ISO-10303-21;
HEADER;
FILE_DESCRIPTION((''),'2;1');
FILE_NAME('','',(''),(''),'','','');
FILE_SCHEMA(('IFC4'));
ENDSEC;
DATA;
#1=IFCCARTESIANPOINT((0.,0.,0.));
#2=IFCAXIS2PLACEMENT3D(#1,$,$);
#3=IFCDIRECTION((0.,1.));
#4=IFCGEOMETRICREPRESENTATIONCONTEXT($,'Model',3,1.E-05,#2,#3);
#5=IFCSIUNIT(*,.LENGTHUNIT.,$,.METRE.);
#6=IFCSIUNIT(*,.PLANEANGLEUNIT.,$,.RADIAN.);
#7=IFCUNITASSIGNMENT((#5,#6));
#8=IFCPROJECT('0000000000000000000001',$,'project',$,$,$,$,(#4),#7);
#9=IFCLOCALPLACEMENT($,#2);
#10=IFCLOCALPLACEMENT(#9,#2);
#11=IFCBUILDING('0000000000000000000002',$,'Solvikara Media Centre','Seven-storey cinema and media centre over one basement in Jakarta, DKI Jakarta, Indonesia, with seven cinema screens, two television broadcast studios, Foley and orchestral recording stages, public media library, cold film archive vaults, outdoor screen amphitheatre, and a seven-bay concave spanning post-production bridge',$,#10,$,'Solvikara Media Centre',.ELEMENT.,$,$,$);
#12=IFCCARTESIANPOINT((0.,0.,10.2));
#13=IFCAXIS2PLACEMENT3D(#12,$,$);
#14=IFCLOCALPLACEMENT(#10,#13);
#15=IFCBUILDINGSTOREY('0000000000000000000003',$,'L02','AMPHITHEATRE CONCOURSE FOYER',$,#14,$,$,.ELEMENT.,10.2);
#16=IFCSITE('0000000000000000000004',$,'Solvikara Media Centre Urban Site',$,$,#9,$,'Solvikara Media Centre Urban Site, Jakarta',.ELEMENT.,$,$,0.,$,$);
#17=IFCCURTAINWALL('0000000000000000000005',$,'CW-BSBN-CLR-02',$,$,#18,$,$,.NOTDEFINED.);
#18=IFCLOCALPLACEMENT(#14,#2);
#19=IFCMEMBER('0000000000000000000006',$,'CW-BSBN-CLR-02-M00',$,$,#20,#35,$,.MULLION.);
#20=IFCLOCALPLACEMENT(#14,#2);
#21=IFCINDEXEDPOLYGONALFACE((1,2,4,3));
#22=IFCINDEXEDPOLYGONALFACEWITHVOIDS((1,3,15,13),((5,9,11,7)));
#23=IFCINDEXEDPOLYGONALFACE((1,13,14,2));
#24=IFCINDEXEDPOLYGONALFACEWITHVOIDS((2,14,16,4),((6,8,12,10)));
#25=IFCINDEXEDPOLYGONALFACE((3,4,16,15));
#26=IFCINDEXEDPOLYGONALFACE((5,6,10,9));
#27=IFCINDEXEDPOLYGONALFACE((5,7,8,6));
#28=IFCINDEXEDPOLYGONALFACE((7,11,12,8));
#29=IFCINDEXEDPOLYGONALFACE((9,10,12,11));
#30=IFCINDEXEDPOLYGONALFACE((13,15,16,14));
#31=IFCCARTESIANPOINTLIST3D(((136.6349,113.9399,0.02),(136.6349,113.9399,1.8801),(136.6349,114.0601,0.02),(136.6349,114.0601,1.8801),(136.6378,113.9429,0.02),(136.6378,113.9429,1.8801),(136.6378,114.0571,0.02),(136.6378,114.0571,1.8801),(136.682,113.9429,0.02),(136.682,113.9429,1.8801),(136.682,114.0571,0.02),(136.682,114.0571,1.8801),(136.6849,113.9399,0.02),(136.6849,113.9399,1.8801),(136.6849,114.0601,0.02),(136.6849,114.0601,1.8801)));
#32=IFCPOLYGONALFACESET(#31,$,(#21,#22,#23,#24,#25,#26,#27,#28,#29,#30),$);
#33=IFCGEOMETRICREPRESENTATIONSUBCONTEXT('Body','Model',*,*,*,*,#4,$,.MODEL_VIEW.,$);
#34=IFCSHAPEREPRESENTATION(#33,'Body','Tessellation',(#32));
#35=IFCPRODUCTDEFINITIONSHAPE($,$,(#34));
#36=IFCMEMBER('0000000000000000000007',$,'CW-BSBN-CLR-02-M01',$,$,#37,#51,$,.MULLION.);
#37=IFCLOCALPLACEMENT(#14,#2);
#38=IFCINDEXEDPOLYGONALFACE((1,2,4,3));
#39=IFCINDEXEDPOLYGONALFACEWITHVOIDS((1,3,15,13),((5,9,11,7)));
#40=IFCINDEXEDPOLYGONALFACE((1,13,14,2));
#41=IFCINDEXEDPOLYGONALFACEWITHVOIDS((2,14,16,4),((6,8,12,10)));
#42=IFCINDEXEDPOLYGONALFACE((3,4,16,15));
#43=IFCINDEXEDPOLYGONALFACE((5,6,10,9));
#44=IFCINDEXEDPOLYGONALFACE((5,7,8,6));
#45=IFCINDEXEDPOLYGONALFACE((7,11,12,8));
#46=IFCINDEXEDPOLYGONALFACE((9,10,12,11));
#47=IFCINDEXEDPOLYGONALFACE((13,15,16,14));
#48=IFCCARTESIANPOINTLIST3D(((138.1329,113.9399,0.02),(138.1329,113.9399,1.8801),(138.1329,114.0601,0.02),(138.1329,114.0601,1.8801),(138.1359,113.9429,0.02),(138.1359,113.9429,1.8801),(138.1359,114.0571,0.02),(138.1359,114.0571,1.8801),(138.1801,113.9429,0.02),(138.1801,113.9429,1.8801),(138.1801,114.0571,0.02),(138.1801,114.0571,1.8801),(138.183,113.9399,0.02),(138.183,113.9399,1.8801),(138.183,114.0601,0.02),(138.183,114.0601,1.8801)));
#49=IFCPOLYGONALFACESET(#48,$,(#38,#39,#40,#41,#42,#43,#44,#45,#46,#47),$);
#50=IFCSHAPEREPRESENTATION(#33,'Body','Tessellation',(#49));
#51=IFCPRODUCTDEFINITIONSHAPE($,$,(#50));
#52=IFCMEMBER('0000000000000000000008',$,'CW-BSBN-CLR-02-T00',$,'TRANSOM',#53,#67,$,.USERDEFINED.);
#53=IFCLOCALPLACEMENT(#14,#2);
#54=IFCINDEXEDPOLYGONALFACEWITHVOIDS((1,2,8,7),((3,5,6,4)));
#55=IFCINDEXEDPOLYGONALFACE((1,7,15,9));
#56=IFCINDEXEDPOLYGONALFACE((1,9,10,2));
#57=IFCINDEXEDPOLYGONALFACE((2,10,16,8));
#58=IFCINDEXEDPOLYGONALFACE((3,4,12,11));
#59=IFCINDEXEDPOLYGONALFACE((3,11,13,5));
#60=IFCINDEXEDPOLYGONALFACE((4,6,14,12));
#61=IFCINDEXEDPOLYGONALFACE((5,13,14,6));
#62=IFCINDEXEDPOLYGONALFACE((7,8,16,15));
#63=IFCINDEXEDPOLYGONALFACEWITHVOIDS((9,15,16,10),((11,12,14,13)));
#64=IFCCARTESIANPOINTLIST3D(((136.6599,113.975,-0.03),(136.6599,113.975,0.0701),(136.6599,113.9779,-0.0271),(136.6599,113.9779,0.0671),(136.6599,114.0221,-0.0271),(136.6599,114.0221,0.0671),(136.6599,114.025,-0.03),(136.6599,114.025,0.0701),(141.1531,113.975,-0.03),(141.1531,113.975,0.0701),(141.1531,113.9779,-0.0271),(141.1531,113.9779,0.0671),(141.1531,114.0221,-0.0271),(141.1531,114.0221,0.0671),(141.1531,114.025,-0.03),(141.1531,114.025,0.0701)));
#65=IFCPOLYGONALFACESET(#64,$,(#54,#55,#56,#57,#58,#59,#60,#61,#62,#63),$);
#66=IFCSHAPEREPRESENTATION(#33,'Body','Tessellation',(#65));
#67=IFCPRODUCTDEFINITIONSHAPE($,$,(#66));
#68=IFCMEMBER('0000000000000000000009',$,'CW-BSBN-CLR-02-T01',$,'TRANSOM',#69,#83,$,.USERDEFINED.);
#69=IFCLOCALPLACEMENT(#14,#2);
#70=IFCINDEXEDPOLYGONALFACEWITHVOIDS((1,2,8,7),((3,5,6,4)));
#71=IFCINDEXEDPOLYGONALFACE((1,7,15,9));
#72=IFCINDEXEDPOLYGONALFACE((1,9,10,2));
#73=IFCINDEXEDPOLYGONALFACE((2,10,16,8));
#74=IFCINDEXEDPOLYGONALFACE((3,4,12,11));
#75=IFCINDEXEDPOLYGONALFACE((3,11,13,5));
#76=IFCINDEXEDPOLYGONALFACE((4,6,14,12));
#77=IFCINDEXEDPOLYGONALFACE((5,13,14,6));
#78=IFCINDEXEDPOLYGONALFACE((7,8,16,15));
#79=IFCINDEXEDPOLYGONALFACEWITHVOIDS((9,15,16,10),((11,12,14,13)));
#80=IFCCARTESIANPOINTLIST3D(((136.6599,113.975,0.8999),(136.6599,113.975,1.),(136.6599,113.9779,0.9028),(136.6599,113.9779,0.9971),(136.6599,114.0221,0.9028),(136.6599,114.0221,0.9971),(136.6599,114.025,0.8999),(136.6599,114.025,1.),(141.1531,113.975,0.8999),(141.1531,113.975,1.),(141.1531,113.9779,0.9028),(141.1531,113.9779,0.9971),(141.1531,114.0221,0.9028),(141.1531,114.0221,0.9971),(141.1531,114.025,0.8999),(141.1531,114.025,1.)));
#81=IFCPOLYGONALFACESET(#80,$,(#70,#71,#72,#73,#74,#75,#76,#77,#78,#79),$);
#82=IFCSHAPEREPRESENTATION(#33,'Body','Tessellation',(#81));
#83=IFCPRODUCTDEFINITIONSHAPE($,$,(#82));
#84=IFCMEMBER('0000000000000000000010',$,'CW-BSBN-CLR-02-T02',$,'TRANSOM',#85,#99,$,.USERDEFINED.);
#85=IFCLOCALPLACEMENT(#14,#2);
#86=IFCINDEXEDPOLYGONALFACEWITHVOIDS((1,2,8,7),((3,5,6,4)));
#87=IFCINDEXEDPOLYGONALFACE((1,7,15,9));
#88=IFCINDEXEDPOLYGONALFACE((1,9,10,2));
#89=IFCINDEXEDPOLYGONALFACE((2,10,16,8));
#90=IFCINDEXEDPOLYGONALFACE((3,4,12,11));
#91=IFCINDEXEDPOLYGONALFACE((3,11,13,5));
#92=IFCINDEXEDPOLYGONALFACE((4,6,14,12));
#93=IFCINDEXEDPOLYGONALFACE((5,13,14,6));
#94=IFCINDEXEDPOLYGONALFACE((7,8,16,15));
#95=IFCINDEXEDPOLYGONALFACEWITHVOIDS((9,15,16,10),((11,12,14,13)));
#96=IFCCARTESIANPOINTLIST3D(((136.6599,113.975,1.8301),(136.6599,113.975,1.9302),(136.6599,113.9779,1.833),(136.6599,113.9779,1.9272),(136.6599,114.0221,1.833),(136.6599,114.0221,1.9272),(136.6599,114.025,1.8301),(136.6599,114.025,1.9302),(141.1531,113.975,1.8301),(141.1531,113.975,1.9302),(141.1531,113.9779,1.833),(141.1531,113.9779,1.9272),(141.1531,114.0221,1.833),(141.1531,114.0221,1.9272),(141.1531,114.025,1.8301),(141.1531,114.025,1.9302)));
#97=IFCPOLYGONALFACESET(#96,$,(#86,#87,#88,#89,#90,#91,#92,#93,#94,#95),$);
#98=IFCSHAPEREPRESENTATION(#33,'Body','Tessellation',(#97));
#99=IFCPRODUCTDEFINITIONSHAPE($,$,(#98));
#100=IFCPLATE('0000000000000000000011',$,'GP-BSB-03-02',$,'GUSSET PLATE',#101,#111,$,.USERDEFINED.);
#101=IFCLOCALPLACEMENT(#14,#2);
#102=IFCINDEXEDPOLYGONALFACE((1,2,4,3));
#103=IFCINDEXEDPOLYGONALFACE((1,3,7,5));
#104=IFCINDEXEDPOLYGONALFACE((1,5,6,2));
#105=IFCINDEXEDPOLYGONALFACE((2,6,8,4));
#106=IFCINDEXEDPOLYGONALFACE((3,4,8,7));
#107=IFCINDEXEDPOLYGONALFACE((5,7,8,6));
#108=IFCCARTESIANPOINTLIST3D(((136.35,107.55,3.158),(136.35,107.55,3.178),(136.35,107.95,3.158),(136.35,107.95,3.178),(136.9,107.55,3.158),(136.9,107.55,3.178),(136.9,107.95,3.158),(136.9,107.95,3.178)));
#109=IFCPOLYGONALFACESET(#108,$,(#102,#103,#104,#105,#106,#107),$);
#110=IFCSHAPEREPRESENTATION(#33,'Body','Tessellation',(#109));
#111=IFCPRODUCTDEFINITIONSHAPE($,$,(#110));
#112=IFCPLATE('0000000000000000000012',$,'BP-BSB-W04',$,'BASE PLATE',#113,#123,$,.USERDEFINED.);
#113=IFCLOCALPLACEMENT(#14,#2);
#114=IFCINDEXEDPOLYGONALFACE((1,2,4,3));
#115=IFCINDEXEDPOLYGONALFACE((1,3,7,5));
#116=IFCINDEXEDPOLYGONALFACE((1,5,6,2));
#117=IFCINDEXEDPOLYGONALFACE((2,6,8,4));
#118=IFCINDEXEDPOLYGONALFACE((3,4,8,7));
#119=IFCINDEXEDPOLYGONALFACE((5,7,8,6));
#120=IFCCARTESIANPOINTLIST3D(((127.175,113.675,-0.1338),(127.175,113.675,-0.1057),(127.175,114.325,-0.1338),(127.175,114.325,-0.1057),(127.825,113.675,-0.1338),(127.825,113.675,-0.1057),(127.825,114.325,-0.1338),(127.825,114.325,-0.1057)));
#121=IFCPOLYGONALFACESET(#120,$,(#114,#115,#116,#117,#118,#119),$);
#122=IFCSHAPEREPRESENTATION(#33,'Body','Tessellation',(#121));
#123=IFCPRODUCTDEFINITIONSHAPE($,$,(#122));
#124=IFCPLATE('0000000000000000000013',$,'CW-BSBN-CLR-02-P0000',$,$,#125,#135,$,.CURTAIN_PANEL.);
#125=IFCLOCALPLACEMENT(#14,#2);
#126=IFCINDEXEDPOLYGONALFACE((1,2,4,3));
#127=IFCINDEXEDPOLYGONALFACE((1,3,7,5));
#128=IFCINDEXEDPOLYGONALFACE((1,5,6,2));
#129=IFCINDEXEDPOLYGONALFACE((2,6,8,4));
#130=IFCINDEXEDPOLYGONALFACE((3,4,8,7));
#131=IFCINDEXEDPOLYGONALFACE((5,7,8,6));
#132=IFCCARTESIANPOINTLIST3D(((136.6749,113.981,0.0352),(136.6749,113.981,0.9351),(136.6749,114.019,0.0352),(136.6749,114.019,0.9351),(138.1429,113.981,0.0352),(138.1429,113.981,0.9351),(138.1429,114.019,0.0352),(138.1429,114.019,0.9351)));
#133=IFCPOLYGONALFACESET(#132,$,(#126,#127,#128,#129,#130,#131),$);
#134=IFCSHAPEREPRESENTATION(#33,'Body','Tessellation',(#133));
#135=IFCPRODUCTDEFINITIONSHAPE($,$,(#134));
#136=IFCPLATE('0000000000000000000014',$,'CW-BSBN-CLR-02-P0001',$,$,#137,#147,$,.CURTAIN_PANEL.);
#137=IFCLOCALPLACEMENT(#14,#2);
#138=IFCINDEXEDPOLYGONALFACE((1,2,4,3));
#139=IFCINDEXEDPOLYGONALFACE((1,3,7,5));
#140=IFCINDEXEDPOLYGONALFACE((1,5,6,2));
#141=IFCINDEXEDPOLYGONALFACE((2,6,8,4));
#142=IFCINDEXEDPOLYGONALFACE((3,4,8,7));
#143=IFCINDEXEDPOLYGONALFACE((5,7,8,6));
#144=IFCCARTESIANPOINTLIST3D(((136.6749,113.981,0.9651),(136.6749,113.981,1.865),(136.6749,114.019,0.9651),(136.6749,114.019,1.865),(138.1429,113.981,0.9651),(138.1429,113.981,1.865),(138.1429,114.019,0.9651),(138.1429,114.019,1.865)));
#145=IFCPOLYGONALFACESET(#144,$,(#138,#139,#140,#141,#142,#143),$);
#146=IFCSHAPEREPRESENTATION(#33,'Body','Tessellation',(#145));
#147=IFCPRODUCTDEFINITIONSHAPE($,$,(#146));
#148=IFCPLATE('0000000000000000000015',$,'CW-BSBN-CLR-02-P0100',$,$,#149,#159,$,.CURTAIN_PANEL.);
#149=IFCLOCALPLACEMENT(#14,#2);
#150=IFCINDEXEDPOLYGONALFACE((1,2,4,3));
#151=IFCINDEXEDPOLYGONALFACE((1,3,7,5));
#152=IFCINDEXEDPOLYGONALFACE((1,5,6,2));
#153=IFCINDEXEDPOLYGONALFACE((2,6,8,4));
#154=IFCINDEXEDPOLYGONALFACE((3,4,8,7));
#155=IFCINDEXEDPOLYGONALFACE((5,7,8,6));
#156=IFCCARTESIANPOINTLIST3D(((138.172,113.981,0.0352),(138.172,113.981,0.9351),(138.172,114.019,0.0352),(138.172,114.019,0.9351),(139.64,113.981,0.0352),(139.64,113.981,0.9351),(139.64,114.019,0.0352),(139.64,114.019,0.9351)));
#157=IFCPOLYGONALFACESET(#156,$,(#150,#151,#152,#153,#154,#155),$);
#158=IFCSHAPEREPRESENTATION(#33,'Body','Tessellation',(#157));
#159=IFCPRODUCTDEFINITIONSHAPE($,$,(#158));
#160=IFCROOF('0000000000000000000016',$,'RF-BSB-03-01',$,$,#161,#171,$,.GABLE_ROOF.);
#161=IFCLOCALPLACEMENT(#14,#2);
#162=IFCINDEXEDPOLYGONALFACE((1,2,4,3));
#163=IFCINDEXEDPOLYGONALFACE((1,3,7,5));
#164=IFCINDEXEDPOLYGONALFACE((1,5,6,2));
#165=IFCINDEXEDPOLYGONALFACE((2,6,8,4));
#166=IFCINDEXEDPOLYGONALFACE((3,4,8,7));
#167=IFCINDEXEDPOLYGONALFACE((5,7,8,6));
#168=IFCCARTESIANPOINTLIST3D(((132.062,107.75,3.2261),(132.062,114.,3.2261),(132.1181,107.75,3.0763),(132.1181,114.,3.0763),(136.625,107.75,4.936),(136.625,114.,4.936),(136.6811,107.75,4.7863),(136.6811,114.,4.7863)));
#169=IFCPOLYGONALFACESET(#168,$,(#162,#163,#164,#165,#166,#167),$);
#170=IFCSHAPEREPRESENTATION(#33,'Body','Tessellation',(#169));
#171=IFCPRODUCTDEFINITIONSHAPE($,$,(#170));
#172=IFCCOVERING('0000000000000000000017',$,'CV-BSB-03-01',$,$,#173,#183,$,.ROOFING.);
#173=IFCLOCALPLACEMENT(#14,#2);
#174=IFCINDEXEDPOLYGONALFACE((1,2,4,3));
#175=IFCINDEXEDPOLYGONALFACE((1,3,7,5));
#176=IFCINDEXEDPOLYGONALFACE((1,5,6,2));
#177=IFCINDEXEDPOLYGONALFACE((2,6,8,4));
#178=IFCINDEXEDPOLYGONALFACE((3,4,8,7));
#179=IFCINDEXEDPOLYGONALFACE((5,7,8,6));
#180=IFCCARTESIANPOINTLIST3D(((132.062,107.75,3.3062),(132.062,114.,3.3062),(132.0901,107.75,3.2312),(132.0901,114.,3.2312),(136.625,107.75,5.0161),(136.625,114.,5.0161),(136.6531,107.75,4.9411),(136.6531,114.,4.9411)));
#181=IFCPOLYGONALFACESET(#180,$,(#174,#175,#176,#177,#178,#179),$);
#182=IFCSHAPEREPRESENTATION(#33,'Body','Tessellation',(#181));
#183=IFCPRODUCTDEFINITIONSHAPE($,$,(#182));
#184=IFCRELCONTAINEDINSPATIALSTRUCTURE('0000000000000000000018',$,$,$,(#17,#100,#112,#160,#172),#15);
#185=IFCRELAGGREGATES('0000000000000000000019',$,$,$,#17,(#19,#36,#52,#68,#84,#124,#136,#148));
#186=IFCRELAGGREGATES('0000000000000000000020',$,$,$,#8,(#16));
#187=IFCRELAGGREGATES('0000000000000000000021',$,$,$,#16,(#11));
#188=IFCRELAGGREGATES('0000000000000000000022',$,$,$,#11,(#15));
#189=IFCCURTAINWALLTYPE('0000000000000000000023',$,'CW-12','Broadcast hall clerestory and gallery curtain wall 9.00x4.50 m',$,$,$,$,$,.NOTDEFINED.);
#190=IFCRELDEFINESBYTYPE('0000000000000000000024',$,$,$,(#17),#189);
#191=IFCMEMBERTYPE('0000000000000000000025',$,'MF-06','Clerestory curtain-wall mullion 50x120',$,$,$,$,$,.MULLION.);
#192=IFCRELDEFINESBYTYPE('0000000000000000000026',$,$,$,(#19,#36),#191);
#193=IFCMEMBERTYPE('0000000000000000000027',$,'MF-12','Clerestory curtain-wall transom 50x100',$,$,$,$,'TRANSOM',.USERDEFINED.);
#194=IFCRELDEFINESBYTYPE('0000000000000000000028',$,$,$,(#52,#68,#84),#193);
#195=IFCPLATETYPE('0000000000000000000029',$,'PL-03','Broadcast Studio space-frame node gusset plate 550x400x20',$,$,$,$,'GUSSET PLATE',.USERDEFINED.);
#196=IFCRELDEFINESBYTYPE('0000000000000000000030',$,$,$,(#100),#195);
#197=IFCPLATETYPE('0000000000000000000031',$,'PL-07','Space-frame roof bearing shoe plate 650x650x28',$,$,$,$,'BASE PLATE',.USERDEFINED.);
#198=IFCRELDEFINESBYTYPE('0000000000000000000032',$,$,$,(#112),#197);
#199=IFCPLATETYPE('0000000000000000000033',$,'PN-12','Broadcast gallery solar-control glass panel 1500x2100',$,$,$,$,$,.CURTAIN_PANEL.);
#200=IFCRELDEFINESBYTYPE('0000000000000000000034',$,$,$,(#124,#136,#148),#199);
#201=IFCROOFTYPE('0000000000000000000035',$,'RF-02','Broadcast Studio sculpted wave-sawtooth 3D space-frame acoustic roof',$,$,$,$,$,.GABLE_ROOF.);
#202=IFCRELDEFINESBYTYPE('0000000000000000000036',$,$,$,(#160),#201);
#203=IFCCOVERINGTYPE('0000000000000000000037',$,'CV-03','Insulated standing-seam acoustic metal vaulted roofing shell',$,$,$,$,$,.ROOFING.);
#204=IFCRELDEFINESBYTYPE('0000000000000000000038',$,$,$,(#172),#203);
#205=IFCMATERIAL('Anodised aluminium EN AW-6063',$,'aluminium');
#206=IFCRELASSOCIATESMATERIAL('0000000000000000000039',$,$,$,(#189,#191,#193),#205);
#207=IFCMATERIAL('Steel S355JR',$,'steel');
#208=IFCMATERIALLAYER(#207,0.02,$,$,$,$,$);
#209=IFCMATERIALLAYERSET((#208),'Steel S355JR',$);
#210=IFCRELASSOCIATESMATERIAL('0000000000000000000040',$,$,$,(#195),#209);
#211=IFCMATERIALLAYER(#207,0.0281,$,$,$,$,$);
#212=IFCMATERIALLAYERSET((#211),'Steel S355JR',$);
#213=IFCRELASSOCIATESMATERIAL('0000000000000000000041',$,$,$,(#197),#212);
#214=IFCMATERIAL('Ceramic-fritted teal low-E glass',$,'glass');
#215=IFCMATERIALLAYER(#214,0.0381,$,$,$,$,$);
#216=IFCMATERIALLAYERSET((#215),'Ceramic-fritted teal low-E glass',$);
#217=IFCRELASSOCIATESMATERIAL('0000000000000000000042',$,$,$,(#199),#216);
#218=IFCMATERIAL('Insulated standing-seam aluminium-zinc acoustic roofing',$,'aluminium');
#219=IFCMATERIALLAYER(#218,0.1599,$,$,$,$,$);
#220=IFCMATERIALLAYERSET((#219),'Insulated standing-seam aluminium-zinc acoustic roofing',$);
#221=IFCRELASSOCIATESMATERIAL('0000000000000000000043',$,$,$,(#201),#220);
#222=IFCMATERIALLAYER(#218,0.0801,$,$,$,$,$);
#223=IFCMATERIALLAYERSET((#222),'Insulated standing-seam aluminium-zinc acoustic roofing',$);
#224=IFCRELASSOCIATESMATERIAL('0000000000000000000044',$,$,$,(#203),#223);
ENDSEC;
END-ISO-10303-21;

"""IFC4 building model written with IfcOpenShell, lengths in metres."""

from ifc_helpers import new_model, si_unit, direction, frame, origin, origin_2d, place, context, subcontext, project, spatial, polyline, rectangle, hollow_rectangle, outline, extrude, material, layer, layer_set, material_profile, profile_set, type_object, element, aggregate, save


model = new_model("IFC4")

# Units and contexts
model_context = context("Model", 3, precision=1e-05, world=origin(), true_north=direction((0.0, 1.0)))
body_context = subcontext(model_context, "Body", "Model", "MODEL_VIEW")
ifc_project = project(units=[si_unit("LENGTHUNIT", "METRE"), si_unit("PLANEANGLEUNIT", "RADIAN")], contexts=[model_context])

# Site, building, storey
site_placement = place(None, origin())
site = spatial("IfcSite", under=ifc_project, at=site_placement, Name="Solvikara Media Centre Urban Site", LongName="Solvikara Media Centre Urban Site, Jakarta", CompositionType="ELEMENT", RefElevation=0.0)
building_placement = place(site_placement, origin())
building = spatial("IfcBuilding", under=site, at=building_placement, Name="Solvikara Media Centre", Description="Seven-storey cinema and media centre over one basement in Jakarta, DKI Jakarta, Indonesia, with seven cinema screens, two television broadcast studios, Foley and orchestral recording stages, public media library, cold film archive vaults, outdoor screen amphitheatre, and a seven-bay concave spanning post-production bridge", LongName="Solvikara Media Centre", CompositionType="ELEMENT")
storey_placement = place(building_placement, frame((0.0, 0.0, 10.2)))
storey = spatial("IfcBuildingStorey", under=building, at=storey_placement, Name="L02", Description="AMPHITHEATRE CONCOURSE FOYER", CompositionType="ELEMENT", Elevation=10.2)

# Shared definitions
ifc_material_1 = material(Name="Steel S355JR", Category="steel")

# Curtain wall, members
ifc_material_2 = material(Name="Anodised aluminium EN AW-6063", Category="aluminium")
curtain_wall_type = type_object("IfcCurtainWallType", Name="CW-12", Description="Broadcast hall clerestory and gallery curtain wall 9.00x4.50 m", PredefinedType="NOTDEFINED", material=ifc_material_2)
curtain_wall_placement = place(storey_placement, origin())
curtain_wall = element("IfcCurtainWall", 1, at=curtain_wall_placement, inside=storey, type_object=curtain_wall_type, Name="CW-BSBN-CLR-02", PredefinedType="NOTDEFINED")
ifc_material_profile_1 = material_profile(ifc_material_2, hollow_rectangle(XDim=0.05, YDim=0.1201, WallThickness=0.0029, at=origin_2d()), Name="ALU-M 50x120x3")
ifc_profile_set_1 = profile_set([ifc_material_profile_1], Name="Anodised aluminium EN AW-6063")
member_type_1 = type_object("IfcMemberType", Name="MF-06", Description="Clerestory curtain-wall mullion 50x120", PredefinedType="MULLION", material=ifc_profile_set_1)
member_1_placement = place(storey_placement, frame((136.6599, 114.0, 0.02), z_axis=(0.0, 0.0, 1.0), x_axis=(1.0, 0.0, 0.0)))
member_1 = element("IfcMember", 2, at=member_1_placement, type_object=member_type_1, Name="CW-BSBN-CLR-02-M00", PredefinedType="MULLION", context=body_context, shape_type="SweptSolid", body=[
    extrude(hollow_rectangle(XDim=0.05, YDim=0.1201, WallThickness=0.0029, at=origin_2d()), origin(), (0.0, 0.0, 1.0), 1.8601),
])
member_2_placement = place(storey_placement, frame((138.158, 114.0, 0.02), z_axis=(0.0, 0.0, 1.0), x_axis=(1.0, 0.0, 0.0)))
member_2 = element("IfcMember", 3, at=member_2_placement, type_object=member_type_1, Name="CW-BSBN-CLR-02-M01", PredefinedType="MULLION", context=body_context, shape_type="SweptSolid", body=[
    extrude(hollow_rectangle(XDim=0.05, YDim=0.1201, WallThickness=0.0029, at=origin_2d()), origin(), (0.0, 0.0, 1.0), 1.8601),
])
ifc_material_profile_2 = material_profile(ifc_material_2, hollow_rectangle(XDim=0.05, YDim=0.1001, WallThickness=0.0029, at=origin_2d()), Name="ALU-T 50x100x3")
ifc_profile_set_2 = profile_set([ifc_material_profile_2], Name="Anodised aluminium EN AW-6063")
member_type_2 = type_object("IfcMemberType", Name="MF-12", Description="Clerestory curtain-wall transom 50x100", ElementType="TRANSOM", PredefinedType="USERDEFINED", material=ifc_profile_set_2)
member_3_placement = place(storey_placement, frame((136.6599, 114.0, 0.02), z_axis=(1.0, 0.0, 0.0), x_axis=(0.0, 1.0, 0.0)))
member_3 = element("IfcMember", 4, at=member_3_placement, type_object=member_type_2, Name="CW-BSBN-CLR-02-T00", ObjectType="TRANSOM", PredefinedType="USERDEFINED", context=body_context, shape_type="SweptSolid", body=[
    extrude(hollow_rectangle(XDim=0.05, YDim=0.1001, WallThickness=0.0029, at=origin_2d()), origin(), (0.0, 0.0, 1.0), 4.4932),
])
member_4_placement = place(storey_placement, frame((136.6599, 114.0, 0.95), z_axis=(1.0, 0.0, 0.0), x_axis=(0.0, 1.0, 0.0)))
member_4 = element("IfcMember", 5, at=member_4_placement, type_object=member_type_2, Name="CW-BSBN-CLR-02-T01", ObjectType="TRANSOM", PredefinedType="USERDEFINED", context=body_context, shape_type="SweptSolid", body=[
    extrude(hollow_rectangle(XDim=0.05, YDim=0.1001, WallThickness=0.0029, at=origin_2d()), origin(), (0.0, 0.0, 1.0), 4.4932),
])
member_5_placement = place(storey_placement, frame((136.6599, 114.0, 1.8801), z_axis=(1.0, 0.0, 0.0), x_axis=(0.0, 1.0, 0.0)))
member_5 = element("IfcMember", 6, at=member_5_placement, type_object=member_type_2, Name="CW-BSBN-CLR-02-T02", ObjectType="TRANSOM", PredefinedType="USERDEFINED", context=body_context, shape_type="SweptSolid", body=[
    extrude(hollow_rectangle(XDim=0.05, YDim=0.1001, WallThickness=0.0029, at=origin_2d()), origin(), (0.0, 0.0, 1.0), 4.4932),
])

# Plates
ifc_layer_1 = layer(ifc_material_1, 0.02)
ifc_layer_set_1 = layer_set([ifc_layer_1], Name="Steel S355JR")
plate_type_1 = type_object("IfcPlateType", Name="PL-03", Description="Broadcast Studio space-frame node gusset plate 550x400x20", ElementType="GUSSET PLATE", PredefinedType="USERDEFINED", material=ifc_layer_set_1)
plate_1_placement = place(storey_placement, frame((136.625, 107.75, 3.158), z_axis=(0.0, 0.0, 1.0), x_axis=(1.0, 0.0, 0.0)))
element("IfcPlate", 7, at=plate_1_placement, inside=storey, type_object=plate_type_1, Name="GP-BSB-03-02", ObjectType="GUSSET PLATE", PredefinedType="USERDEFINED", context=body_context, shape_type="SweptSolid", body=[
    extrude(rectangle(XDim=0.55, YDim=0.3999, at=origin_2d()), origin(), (0.0, 0.0, 1.0), 0.02),
])
ifc_layer_2 = layer(ifc_material_1, 0.0281)
ifc_layer_set_2 = layer_set([ifc_layer_2], Name="Steel S355JR")
plate_type_2 = type_object("IfcPlateType", Name="PL-07", Description="Space-frame roof bearing shoe plate 650x650x28", ElementType="BASE PLATE", PredefinedType="USERDEFINED", material=ifc_layer_set_2)
plate_2_placement = place(storey_placement, frame((127.5, 114.0, -0.1338), z_axis=(0.0, 0.0, 1.0), x_axis=(1.0, 0.0, 0.0)))
element("IfcPlate", 8, at=plate_2_placement, inside=storey, type_object=plate_type_2, Name="BP-BSB-W04", ObjectType="BASE PLATE", PredefinedType="USERDEFINED", context=body_context, shape_type="SweptSolid", body=[
    extrude(rectangle(XDim=0.6499, YDim=0.6499, at=origin_2d()), origin(), (0.0, 0.0, 1.0), 0.0281),
])

# Plates
ifc_material_3 = material(Name="Ceramic-fritted teal low-E glass", Category="glass")
ifc_layer_3 = layer(ifc_material_3, 0.0381)
ifc_layer_set_3 = layer_set([ifc_layer_3], Name="Ceramic-fritted teal low-E glass")
plate_type_3 = type_object("IfcPlateType", Name="PN-12", Description="Broadcast gallery solar-control glass panel 1500x2100", PredefinedType="CURTAIN_PANEL", material=ifc_layer_set_3)
plate_3_placement = place(storey_placement, frame((137.4089, 114.0, 0.0352), z_axis=(0.0, 0.0, 1.0), x_axis=(1.0, 0.0, 0.0)))
plate_3 = element("IfcPlate", 9, at=plate_3_placement, type_object=plate_type_3, Name="CW-BSBN-CLR-02-P0000", PredefinedType="CURTAIN_PANEL", context=body_context, shape_type="SweptSolid", body=[
    extrude(rectangle(XDim=1.468, YDim=0.0381, at=origin_2d()), origin(), (0.0, 0.0, 1.0), 0.8999),
])
plate_4_placement = place(storey_placement, frame((137.4089, 114.0, 0.9651), z_axis=(0.0, 0.0, 1.0), x_axis=(1.0, 0.0, 0.0)))
plate_4 = element("IfcPlate", 10, at=plate_4_placement, type_object=plate_type_3, Name="CW-BSBN-CLR-02-P0001", PredefinedType="CURTAIN_PANEL", context=body_context, shape_type="SweptSolid", body=[
    extrude(rectangle(XDim=1.468, YDim=0.0381, at=origin_2d()), origin(), (0.0, 0.0, 1.0), 0.8999),
])
plate_5_placement = place(storey_placement, frame((138.906, 114.0, 0.0352), z_axis=(0.0, 0.0, 1.0), x_axis=(1.0, 0.0, 0.0)))
plate_5 = element("IfcPlate", 11, at=plate_5_placement, type_object=plate_type_3, Name="CW-BSBN-CLR-02-P0100", PredefinedType="CURTAIN_PANEL", context=body_context, shape_type="SweptSolid", body=[
    extrude(rectangle(XDim=1.468, YDim=0.0381, at=origin_2d()), origin(), (0.0, 0.0, 1.0), 0.8999),
])
aggregate(curtain_wall, [member_1, member_2, member_3, member_4, member_5, plate_3, plate_4, plate_5])

# Roof
ifc_material_4 = material(Name="Insulated standing-seam aluminium-zinc acoustic roofing", Category="aluminium")
ifc_layer_4 = layer(ifc_material_4, 0.1599)
ifc_layer_set_4 = layer_set([ifc_layer_4], Name="Insulated standing-seam aluminium-zinc acoustic roofing")
roof_type = type_object("IfcRoofType", Name="RF-02", Description="Broadcast Studio sculpted wave-sawtooth 3D space-frame acoustic roof", PredefinedType="GABLE_ROOF", material=ifc_layer_set_4)
roof_placement = place(storey_placement, frame((132.062, 107.75, 3.2261), z_axis=(-0.350915, 0.0, 0.936407), x_axis=(0.936407, 0.0, 0.350915)))
element("IfcRoof", 12, at=roof_placement, inside=storey, type_object=roof_type, Name="RF-BSB-03-01", PredefinedType="GABLE_ROOF", context=body_context, shape_type="SweptSolid", body=[
    extrude(outline(polyline([(0.0, 0.0), (4.8729, 0.0), (4.8729, 6.25), (0.0, 6.25), (0.0, 0.0)])), origin(), (0.0, 0.0, -1.0), 0.1599),
])

# Covering
ifc_layer_5 = layer(ifc_material_4, 0.0801)
ifc_layer_set_5 = layer_set([ifc_layer_5], Name="Insulated standing-seam aluminium-zinc acoustic roofing")
covering_type_1 = type_object("IfcCoveringType", Name="CV-03", Description="Insulated standing-seam acoustic metal vaulted roofing shell", PredefinedType="ROOFING", material=ifc_layer_set_5)
covering_1_placement = place(storey_placement, frame((132.062, 107.75, 3.3062), z_axis=(-0.350915, 0.0, 0.936407), x_axis=(0.936407, 0.0, 0.350915)))
element("IfcCovering", 13, at=covering_1_placement, inside=storey, type_object=covering_type_1, Name="CV-BSB-03-01", PredefinedType="ROOFING", context=body_context, shape_type="SweptSolid", body=[
    extrude(outline(polyline([(0.0, 0.0), (4.8729, 0.0), (4.8729, 6.25), (0.0, 6.25), (0.0, 0.0)])), origin(), (0.0, 0.0, -1.0), 0.0801),
])

save(model, "model.ifc")
